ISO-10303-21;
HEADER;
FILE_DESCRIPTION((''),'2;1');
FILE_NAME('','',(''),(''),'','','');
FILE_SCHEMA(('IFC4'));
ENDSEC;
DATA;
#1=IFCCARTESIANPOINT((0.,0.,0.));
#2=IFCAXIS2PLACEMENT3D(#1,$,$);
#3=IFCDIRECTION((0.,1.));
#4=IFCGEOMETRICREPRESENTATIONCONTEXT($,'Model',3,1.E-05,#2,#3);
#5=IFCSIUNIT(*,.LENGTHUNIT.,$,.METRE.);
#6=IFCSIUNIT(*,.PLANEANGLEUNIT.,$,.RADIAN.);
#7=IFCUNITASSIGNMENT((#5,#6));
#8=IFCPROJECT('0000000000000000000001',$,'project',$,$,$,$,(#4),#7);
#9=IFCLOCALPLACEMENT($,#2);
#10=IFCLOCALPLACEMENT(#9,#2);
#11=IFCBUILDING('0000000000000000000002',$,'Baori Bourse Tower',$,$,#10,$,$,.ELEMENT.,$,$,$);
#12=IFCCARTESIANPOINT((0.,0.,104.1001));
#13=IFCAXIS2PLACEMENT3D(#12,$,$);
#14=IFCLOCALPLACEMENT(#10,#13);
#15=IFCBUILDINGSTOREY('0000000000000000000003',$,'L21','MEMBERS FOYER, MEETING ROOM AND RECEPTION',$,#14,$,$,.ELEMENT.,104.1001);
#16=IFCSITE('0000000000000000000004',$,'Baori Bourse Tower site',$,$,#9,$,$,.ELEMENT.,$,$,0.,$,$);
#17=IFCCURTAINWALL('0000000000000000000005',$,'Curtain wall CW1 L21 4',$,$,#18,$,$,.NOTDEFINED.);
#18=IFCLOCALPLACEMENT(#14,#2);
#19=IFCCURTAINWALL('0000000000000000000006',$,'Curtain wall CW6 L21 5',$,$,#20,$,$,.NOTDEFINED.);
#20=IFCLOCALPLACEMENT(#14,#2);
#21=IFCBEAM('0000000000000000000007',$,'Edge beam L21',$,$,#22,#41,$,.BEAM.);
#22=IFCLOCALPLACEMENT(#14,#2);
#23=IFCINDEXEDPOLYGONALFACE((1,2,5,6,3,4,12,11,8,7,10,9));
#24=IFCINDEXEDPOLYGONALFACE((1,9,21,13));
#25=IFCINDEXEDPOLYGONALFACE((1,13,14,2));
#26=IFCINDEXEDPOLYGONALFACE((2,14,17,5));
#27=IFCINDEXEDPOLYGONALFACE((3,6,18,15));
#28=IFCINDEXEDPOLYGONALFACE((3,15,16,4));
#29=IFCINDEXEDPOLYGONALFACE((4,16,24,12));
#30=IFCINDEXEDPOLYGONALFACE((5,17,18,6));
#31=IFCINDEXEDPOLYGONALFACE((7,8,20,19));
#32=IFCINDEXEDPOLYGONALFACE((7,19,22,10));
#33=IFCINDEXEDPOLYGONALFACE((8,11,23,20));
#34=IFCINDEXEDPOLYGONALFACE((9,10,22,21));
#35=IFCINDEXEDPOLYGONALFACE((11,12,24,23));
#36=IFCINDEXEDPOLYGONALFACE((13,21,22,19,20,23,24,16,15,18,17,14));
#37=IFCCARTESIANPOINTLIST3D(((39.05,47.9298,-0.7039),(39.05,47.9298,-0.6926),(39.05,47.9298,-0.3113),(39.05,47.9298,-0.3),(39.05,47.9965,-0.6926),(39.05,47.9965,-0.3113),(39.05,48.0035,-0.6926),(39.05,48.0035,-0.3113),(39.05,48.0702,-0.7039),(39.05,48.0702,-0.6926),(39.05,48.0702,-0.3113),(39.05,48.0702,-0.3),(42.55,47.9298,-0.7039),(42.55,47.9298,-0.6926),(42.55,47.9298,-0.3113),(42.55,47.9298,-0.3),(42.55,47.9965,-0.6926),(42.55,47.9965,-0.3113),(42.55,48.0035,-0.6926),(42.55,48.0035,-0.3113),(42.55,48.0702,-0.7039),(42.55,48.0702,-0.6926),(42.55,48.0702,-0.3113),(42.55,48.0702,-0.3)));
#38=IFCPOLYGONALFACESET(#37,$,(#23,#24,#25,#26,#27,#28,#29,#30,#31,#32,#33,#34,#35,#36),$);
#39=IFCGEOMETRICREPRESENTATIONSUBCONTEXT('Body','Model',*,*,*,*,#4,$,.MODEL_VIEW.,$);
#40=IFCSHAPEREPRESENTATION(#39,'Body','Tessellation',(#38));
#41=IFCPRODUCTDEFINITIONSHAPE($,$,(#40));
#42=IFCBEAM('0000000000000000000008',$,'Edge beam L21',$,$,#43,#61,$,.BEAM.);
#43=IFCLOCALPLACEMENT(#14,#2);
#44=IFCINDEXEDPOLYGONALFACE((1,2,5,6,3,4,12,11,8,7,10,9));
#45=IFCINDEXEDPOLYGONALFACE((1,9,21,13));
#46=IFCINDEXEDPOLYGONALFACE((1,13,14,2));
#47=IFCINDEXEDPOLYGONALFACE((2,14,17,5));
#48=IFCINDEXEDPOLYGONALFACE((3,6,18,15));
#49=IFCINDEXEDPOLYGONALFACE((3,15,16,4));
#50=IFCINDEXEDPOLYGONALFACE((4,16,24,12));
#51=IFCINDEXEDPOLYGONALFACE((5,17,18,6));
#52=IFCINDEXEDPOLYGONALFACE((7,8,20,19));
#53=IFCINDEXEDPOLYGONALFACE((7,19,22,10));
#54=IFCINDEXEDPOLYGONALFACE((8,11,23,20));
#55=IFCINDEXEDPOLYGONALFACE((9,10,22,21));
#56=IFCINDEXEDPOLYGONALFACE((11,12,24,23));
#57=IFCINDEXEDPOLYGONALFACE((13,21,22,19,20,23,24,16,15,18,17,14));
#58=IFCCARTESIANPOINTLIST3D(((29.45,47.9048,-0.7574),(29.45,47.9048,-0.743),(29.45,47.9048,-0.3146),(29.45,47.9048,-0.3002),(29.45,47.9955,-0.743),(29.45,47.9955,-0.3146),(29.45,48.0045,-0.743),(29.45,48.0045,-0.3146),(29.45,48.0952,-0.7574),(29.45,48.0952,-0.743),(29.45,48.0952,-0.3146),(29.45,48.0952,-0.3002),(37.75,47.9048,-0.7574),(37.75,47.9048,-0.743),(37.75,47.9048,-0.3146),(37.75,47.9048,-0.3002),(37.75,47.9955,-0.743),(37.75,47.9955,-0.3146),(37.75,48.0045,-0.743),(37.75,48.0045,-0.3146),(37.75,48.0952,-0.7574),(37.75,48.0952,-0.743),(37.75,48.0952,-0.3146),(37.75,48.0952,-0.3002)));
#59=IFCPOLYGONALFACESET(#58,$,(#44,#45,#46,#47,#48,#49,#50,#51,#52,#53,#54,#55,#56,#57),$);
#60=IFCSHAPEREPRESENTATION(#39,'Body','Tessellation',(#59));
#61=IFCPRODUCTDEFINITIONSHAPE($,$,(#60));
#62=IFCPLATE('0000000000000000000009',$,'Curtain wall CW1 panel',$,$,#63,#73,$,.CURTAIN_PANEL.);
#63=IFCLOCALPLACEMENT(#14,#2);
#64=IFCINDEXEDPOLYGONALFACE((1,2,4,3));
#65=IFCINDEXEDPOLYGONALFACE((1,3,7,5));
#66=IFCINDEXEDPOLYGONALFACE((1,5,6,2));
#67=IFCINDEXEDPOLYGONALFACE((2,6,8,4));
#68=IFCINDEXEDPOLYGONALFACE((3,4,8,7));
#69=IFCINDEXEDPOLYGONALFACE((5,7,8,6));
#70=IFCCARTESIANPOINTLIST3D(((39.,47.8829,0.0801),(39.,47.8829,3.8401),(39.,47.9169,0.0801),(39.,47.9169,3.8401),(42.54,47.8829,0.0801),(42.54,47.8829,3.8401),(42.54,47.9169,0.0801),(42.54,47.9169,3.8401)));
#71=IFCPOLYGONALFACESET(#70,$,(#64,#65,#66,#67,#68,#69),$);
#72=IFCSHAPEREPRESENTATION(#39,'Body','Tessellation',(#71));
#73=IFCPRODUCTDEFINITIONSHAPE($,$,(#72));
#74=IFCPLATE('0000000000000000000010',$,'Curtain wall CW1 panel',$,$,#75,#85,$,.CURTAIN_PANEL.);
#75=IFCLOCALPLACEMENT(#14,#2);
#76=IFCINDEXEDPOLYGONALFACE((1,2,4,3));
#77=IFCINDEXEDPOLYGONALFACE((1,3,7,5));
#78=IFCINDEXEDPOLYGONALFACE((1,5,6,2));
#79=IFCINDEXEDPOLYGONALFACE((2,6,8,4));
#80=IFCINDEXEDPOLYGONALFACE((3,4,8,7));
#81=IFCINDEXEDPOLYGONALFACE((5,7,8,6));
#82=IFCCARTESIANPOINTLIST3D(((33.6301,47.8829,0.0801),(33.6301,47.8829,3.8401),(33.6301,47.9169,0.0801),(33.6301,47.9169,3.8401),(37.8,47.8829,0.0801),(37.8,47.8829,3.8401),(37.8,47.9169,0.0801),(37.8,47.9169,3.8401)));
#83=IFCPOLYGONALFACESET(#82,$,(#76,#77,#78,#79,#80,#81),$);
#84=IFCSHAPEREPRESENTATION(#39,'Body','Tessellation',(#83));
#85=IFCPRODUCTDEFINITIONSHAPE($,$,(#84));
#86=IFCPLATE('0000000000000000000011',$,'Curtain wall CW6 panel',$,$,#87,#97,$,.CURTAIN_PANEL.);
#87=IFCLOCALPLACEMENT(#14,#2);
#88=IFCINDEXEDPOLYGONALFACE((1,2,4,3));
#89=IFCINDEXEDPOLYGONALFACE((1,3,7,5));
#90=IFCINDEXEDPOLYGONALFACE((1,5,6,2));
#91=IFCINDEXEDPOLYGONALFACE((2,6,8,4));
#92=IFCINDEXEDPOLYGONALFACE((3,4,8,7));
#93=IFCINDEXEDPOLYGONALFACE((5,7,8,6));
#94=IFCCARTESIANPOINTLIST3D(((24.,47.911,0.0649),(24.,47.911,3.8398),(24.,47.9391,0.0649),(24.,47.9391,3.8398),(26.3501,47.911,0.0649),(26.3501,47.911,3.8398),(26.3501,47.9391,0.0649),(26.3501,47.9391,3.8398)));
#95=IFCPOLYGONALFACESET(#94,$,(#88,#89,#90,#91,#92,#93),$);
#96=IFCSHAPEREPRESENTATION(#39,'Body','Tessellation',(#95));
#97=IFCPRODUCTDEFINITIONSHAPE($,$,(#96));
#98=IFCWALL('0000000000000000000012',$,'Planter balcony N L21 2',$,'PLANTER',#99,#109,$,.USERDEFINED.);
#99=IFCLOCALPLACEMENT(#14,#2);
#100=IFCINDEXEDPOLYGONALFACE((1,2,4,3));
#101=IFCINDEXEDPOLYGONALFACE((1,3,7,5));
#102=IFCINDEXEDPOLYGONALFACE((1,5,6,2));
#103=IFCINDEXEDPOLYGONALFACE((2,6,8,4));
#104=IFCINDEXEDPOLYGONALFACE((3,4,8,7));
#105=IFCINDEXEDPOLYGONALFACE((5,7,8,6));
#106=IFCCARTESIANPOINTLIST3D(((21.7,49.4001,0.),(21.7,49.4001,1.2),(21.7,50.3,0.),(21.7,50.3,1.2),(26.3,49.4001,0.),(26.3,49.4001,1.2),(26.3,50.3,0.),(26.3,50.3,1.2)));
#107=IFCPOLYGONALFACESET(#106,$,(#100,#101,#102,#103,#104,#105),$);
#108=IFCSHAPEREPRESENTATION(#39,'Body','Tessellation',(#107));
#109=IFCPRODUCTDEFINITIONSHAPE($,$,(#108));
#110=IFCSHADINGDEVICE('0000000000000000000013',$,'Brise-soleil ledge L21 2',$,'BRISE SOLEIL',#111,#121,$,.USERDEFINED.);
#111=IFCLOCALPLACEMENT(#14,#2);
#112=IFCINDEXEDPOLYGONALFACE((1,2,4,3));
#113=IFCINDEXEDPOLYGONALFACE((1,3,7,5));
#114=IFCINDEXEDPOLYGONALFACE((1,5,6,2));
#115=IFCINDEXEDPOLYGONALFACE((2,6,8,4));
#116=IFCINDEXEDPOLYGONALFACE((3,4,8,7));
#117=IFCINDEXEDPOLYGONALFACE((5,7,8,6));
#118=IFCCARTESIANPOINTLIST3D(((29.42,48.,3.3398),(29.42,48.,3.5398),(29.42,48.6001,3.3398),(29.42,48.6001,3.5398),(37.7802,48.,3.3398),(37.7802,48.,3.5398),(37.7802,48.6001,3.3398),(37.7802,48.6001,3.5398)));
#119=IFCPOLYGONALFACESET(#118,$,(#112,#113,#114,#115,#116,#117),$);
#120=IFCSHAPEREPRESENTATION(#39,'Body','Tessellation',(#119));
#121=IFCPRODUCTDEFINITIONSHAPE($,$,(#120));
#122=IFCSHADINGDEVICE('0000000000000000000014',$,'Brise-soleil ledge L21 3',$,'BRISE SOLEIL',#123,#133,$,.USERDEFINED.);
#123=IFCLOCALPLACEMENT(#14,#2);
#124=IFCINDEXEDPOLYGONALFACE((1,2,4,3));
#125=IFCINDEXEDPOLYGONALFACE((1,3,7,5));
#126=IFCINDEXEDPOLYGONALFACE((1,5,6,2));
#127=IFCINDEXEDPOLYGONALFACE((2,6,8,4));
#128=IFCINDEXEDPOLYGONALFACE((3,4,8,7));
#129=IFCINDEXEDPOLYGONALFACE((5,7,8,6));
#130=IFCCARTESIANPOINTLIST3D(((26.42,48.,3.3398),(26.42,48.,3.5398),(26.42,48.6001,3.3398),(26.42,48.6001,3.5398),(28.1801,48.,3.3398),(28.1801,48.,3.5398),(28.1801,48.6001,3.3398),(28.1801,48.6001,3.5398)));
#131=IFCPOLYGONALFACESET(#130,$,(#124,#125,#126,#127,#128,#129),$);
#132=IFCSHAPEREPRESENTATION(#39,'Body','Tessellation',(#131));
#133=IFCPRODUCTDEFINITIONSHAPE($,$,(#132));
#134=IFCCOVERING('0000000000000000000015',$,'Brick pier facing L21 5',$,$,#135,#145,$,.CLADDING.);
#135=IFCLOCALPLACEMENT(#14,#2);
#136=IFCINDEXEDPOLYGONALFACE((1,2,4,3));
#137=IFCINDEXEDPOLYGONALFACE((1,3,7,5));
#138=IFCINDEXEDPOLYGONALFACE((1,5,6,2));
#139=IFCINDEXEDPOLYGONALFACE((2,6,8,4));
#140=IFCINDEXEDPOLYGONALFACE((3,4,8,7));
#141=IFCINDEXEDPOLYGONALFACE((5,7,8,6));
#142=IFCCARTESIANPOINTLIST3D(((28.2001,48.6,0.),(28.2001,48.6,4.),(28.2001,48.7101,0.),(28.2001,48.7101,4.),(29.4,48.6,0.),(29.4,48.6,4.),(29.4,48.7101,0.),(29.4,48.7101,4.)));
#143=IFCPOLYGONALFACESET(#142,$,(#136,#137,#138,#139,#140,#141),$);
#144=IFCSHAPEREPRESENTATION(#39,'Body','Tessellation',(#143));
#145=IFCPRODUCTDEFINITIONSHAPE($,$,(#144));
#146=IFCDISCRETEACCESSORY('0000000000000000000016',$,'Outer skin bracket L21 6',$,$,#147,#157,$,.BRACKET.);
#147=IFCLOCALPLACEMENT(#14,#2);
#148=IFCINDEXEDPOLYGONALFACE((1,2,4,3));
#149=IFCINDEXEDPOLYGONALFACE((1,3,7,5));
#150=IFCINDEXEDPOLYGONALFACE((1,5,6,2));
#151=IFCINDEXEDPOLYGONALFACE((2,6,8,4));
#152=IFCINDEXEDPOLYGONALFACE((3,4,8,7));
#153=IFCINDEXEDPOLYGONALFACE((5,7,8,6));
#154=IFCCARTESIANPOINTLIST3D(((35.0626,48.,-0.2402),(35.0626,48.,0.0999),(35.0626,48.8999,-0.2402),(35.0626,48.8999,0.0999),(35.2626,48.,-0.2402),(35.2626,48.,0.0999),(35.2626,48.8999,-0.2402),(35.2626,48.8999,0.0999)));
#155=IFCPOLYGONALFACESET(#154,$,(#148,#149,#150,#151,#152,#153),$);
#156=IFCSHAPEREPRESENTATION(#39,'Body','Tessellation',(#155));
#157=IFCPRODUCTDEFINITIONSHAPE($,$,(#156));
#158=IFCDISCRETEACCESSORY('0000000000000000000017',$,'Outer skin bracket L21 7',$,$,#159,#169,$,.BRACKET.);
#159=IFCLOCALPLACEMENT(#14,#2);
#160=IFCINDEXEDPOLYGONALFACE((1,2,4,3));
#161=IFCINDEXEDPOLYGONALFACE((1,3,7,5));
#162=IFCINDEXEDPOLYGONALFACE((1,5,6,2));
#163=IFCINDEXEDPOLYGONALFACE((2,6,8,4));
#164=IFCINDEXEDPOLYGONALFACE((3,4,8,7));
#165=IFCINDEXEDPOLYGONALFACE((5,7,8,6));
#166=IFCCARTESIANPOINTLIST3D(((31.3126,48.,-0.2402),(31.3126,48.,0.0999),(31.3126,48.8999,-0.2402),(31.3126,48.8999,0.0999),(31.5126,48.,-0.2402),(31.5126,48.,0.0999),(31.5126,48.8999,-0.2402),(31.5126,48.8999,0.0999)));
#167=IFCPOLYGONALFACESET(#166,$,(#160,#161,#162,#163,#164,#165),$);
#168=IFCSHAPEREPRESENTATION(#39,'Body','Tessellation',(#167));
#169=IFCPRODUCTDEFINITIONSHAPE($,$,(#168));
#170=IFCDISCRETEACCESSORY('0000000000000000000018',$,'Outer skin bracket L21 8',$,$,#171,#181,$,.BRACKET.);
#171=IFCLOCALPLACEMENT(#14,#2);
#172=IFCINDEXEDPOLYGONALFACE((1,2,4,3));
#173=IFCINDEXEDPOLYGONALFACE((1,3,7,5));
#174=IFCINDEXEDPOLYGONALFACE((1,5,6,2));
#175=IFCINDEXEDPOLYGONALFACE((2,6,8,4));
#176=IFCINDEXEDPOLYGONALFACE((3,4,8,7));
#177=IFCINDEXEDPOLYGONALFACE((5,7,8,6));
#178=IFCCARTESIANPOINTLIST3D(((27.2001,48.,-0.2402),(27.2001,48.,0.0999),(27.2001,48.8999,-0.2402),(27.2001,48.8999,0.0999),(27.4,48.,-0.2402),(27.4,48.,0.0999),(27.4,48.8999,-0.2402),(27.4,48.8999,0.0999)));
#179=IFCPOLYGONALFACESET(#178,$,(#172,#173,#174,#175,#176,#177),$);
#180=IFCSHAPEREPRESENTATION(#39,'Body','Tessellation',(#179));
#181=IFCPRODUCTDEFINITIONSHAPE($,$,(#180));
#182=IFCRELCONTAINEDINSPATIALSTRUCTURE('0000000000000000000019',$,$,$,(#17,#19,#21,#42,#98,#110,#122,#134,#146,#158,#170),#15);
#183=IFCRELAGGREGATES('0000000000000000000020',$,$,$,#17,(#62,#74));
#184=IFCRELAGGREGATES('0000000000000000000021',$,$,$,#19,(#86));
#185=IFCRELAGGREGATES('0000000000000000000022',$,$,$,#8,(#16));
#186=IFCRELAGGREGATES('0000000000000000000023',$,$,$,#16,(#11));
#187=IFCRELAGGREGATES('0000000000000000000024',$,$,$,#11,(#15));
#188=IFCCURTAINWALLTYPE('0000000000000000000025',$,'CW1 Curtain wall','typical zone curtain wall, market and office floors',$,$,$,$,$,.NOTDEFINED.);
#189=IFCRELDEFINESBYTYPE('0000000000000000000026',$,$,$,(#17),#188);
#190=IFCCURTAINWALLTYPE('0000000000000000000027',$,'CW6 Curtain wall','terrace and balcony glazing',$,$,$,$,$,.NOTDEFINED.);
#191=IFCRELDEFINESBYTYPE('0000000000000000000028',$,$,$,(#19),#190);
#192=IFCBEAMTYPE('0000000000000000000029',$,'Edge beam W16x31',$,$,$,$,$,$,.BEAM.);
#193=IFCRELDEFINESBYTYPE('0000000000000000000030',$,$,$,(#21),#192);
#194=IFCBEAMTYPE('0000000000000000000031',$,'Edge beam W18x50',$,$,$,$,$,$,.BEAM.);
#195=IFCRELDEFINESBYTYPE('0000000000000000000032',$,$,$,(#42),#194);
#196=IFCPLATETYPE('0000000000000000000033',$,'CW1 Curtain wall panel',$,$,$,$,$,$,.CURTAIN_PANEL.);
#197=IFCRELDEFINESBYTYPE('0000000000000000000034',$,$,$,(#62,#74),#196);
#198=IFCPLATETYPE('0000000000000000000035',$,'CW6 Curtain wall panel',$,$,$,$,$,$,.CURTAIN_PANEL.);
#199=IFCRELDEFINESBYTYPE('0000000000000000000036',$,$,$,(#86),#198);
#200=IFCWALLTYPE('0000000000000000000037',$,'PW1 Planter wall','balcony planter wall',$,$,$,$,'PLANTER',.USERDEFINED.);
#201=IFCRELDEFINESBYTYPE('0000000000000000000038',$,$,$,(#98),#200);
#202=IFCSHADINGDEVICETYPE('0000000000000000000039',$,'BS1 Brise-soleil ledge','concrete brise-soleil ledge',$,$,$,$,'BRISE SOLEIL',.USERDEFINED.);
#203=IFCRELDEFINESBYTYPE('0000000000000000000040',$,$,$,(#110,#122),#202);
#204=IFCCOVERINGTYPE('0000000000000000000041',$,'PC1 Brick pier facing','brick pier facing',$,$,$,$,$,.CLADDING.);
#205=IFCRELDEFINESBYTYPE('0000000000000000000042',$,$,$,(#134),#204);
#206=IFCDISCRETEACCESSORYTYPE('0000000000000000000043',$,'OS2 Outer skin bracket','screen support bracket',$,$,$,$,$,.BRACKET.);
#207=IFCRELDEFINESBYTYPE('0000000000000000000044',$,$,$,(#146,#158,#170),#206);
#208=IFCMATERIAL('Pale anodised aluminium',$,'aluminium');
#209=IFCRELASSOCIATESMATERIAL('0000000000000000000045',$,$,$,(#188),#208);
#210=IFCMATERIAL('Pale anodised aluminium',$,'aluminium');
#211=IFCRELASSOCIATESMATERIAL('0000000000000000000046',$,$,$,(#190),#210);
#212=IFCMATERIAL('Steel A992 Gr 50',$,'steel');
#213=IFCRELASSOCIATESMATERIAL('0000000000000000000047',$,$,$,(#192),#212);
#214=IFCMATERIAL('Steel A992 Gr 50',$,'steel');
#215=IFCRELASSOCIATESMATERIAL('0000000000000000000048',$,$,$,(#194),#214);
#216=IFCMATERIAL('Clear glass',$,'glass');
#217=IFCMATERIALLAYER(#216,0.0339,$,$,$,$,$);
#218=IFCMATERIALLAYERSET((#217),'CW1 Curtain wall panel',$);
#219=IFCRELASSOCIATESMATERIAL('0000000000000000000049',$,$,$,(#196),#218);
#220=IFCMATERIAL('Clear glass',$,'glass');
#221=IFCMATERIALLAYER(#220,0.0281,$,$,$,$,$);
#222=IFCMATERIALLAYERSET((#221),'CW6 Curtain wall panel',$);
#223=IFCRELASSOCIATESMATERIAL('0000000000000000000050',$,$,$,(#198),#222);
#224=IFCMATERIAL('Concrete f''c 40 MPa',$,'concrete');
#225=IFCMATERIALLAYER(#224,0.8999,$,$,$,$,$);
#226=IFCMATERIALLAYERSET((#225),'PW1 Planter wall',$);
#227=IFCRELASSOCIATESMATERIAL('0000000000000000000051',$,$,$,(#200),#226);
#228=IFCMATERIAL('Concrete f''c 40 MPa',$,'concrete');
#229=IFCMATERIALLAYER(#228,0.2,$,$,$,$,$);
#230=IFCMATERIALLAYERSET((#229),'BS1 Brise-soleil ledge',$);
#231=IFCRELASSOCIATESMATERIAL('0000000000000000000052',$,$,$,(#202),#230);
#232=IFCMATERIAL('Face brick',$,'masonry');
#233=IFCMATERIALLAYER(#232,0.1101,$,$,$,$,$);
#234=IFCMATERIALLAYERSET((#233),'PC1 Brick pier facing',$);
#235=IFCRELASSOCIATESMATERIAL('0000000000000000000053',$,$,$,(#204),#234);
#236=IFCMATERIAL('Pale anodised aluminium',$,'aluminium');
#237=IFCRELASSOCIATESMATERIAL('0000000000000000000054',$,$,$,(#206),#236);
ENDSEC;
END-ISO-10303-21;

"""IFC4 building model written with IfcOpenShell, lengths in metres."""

from ifc_helpers import new_model, si_unit, direction, frame, frame_2d, origin, origin_2d, place, context, subcontext, project, spatial, rectangle, i_section, extrude, material, layer, layer_set, material_profile, profile_set, type_object, element, aggregate, save


model = new_model("IFC4")

# Units and contexts
model_context = context("Model", 3, precision=1e-05, world=origin(), true_north=direction((0.0, 1.0)))
body_context = subcontext(model_context, "Body", "Model", "MODEL_VIEW")
ifc_project = project(units=[si_unit("LENGTHUNIT", "METRE"), si_unit("PLANEANGLEUNIT", "RADIAN")], contexts=[model_context])

# Site, building, storey
site_placement = place(None, origin())
site = spatial("IfcSite", under=ifc_project, at=site_placement, Name="Baori Bourse Tower site", CompositionType="ELEMENT", RefElevation=0.0)
building_placement = place(site_placement, origin())
building = spatial("IfcBuilding", under=site, at=building_placement, Name="Baori Bourse Tower", CompositionType="ELEMENT")
storey_placement = place(building_placement, frame((0.0, 0.0, 104.1001)))
storey = spatial("IfcBuildingStorey", under=building, at=storey_placement, Name="L21", Description="MEMBERS FOYER, MEETING ROOM AND RECEPTION", CompositionType="ELEMENT", Elevation=104.1001)

# Curtain wall
ifc_material_1 = material(Name="Pale anodised aluminium", Category="aluminium")
curtain_wall_type_1 = type_object("IfcCurtainWallType", Name="CW1 Curtain wall", Description="typical zone curtain wall, market and office floors", PredefinedType="NOTDEFINED", material=ifc_material_1)
curtain_wall_1_placement = place(storey_placement, origin())
curtain_wall_1 = element("IfcCurtainWall", 1, at=curtain_wall_1_placement, inside=storey, type_object=curtain_wall_type_1, Name="Curtain wall CW1 L21 4", PredefinedType="NOTDEFINED")

# Curtain wall
ifc_material_2 = material(Name="Pale anodised aluminium", Category="aluminium")
curtain_wall_type_2 = type_object("IfcCurtainWallType", Name="CW6 Curtain wall", Description="terrace and balcony glazing", PredefinedType="NOTDEFINED", material=ifc_material_2)
curtain_wall_2_placement = place(storey_placement, origin())
curtain_wall_2 = element("IfcCurtainWall", 2, at=curtain_wall_2_placement, inside=storey, type_object=curtain_wall_type_2, Name="Curtain wall CW6 L21 5", PredefinedType="NOTDEFINED")

# Beams
ifc_material_3 = material(Name="Steel A992 Gr 50", Category="steel")
ifc_material_profile_1 = material_profile(ifc_material_3, i_section(OverallWidth=0.1404, OverallDepth=0.4038, WebThickness=0.0071, FlangeThickness=0.0112, at=origin_2d()), Name="W16x31")
ifc_profile_set_1 = profile_set([ifc_material_profile_1], Name="Steel A992 Gr 50")
beam_type_1 = type_object("IfcBeamType", Name="Edge beam W16x31", PredefinedType="BEAM", material=ifc_profile_set_1)
beam_1_placement = place(storey_placement, frame((39.05, 48.0, -0.502), z_axis=(1.0, 0.0, 0.0), x_axis=(0.0, 1.0, 0.0)))
element("IfcBeam", 3, at=beam_1_placement, inside=storey, type_object=beam_type_1, Name="Edge beam L21", PredefinedType="BEAM", context=body_context, shape_type="SweptSolid", body=[
    extrude(i_section(OverallWidth=0.1404, OverallDepth=0.4038, WebThickness=0.0071, FlangeThickness=0.0112, at=origin_2d()), origin(), (0.0, 0.0, 1.0), 3.5),
])
ifc_material_4 = material(Name="Steel A992 Gr 50", Category="steel")
ifc_material_profile_2 = material_profile(ifc_material_4, i_section(OverallWidth=0.1904, OverallDepth=0.4573, WebThickness=0.009, FlangeThickness=0.0144, at=origin_2d()), Name="W18x50")
ifc_profile_set_2 = profile_set([ifc_material_profile_2], Name="Steel A992 Gr 50")
beam_type_2 = type_object("IfcBeamType", Name="Edge beam W18x50", PredefinedType="BEAM", material=ifc_profile_set_2)
beam_2_placement = place(storey_placement, frame((29.45, 48.0, -0.5288), z_axis=(1.0, 0.0, 0.0), x_axis=(0.0, 1.0, 0.0)))
element("IfcBeam", 4, at=beam_2_placement, inside=storey, type_object=beam_type_2, Name="Edge beam L21", PredefinedType="BEAM", context=body_context, shape_type="SweptSolid", body=[
    extrude(i_section(OverallWidth=0.1904, OverallDepth=0.4573, WebThickness=0.009, FlangeThickness=0.0144, at=origin_2d()), origin(), (0.0, 0.0, 1.0), 8.3),
])

# Plates
ifc_material_5 = material(Name="Clear glass", Category="glass")
ifc_layer_1 = layer(ifc_material_5, 0.0339)
ifc_layer_set_1 = layer_set([ifc_layer_1], Name="CW1 Curtain wall panel")
plate_type_1 = type_object("IfcPlateType", Name="CW1 Curtain wall panel", PredefinedType="CURTAIN_PANEL", material=ifc_layer_set_1)
plate_1_placement = place(storey_placement, frame((40.77, 47.8999, 0.0801), z_axis=(0.0, 0.0, 1.0), x_axis=(-1.0, 0.0, 0.0)))
plate_1 = element("IfcPlate", 5, at=plate_1_placement, type_object=plate_type_1, Name="Curtain wall CW1 panel", PredefinedType="CURTAIN_PANEL", context=body_context, shape_type="SweptSolid", body=[
    extrude(rectangle(XDim=3.54, YDim=0.0339, at=origin_2d()), origin(), (0.0, 0.0, 1.0), 3.76),
])
plate_2_placement = place(storey_placement, frame((35.7151, 47.8999, 0.0801), z_axis=(0.0, 0.0, 1.0), x_axis=(-1.0, 0.0, 0.0)))
plate_2 = element("IfcPlate", 6, at=plate_2_placement, type_object=plate_type_1, Name="Curtain wall CW1 panel", PredefinedType="CURTAIN_PANEL", context=body_context, shape_type="SweptSolid", body=[
    extrude(rectangle(XDim=4.1699, YDim=0.0339, at=origin_2d()), origin(), (0.0, 0.0, 1.0), 3.76),
])
aggregate(curtain_wall_1, [plate_1, plate_2])
ifc_material_6 = material(Name="Clear glass", Category="glass")
ifc_layer_2 = layer(ifc_material_6, 0.0281)
ifc_layer_set_2 = layer_set([ifc_layer_2], Name="CW6 Curtain wall panel")
plate_type_2 = type_object("IfcPlateType", Name="CW6 Curtain wall panel", PredefinedType="CURTAIN_PANEL", material=ifc_layer_set_2)
plate_3_placement = place(storey_placement, frame((25.175, 47.925, 0.0649), z_axis=(0.0, 0.0, 1.0), x_axis=(-1.0, 0.0, 0.0)))
plate_3 = element("IfcPlate", 7, at=plate_3_placement, type_object=plate_type_2, Name="Curtain wall CW6 panel", PredefinedType="CURTAIN_PANEL", context=body_context, shape_type="SweptSolid", body=[
    extrude(rectangle(XDim=2.3501, YDim=0.0281, at=origin_2d()), origin(), (0.0, 0.0, 1.0), 3.7749),
])
aggregate(curtain_wall_2, [plate_3])

# Wall
ifc_material_7 = material(Name="Concrete f'c 40 MPa", Category="concrete")
ifc_layer_3 = layer(ifc_material_7, 0.8999)
ifc_layer_set_3 = layer_set([ifc_layer_3], Name="PW1 Planter wall")
wall_type = type_object("IfcWallType", Name="PW1 Planter wall", Description="balcony planter wall", ElementType="PLANTER", PredefinedType="USERDEFINED", material=ifc_layer_set_3)
wall_placement = place(storey_placement, frame((21.7, 49.8501, 0.0), z_axis=(0.0, 0.0, 1.0), x_axis=(1.0, 0.0, 0.0)))
element("IfcWall", 8, at=wall_placement, inside=storey, type_object=wall_type, Name="Planter balcony N L21 2", ObjectType="PLANTER", PredefinedType="USERDEFINED", context=body_context, shape_type="SweptSolid", body=[
    extrude(rectangle(XDim=4.6001, YDim=0.8999, at=frame_2d((2.3, 0.0))), origin(), (0.0, 0.0, 1.0), 1.2),
])

# Shading devices
ifc_material_8 = material(Name="Concrete f'c 40 MPa", Category="concrete")
ifc_layer_4 = layer(ifc_material_8, 0.2)
ifc_layer_set_4 = layer_set([ifc_layer_4], Name="BS1 Brise-soleil ledge")
shading_device_type = type_object("IfcShadingDeviceType", Name="BS1 Brise-soleil ledge", Description="concrete brise-soleil ledge", ElementType="BRISE SOLEIL", PredefinedType="USERDEFINED", material=ifc_layer_set_4)
shading_device_1_placement = place(storey_placement, frame((33.6001, 48.3, 3.3398), z_axis=(0.0, 0.0, 1.0), x_axis=(-1.0, 0.0, 0.0)))
element("IfcShadingDevice", 9, at=shading_device_1_placement, inside=storey, type_object=shading_device_type, Name="Brise-soleil ledge L21 2", ObjectType="BRISE SOLEIL", PredefinedType="USERDEFINED", context=body_context, shape_type="SweptSolid", body=[
    extrude(rectangle(XDim=8.3601, YDim=0.6001, at=origin_2d()), origin(), (0.0, 0.0, 1.0), 0.2),
])
shading_device_2_placement = place(storey_placement, frame((27.3, 48.3, 3.3398), z_axis=(0.0, 0.0, 1.0), x_axis=(-1.0, 0.0, 0.0)))
element("IfcShadingDevice", 10, at=shading_device_2_placement, inside=storey, type_object=shading_device_type, Name="Brise-soleil ledge L21 3", ObjectType="BRISE SOLEIL", PredefinedType="USERDEFINED", context=body_context, shape_type="SweptSolid", body=[
    extrude(rectangle(XDim=1.76, YDim=0.6001, at=origin_2d()), origin(), (0.0, 0.0, 1.0), 0.2),
])

# Covering
ifc_material_9 = material(Name="Face brick", Category="masonry")
ifc_layer_5 = layer(ifc_material_9, 0.1101)
ifc_layer_set_5 = layer_set([ifc_layer_5], Name="PC1 Brick pier facing")
covering_type = type_object("IfcCoveringType", Name="PC1 Brick pier facing", Description="brick pier facing", PredefinedType="CLADDING", material=ifc_layer_set_5)
covering_placement = place(storey_placement, frame((28.8, 48.655, 0.0), z_axis=(0.0, 0.0, 1.0), x_axis=(1.0, 0.0, 0.0)))
element("IfcCovering", 11, at=covering_placement, inside=storey, type_object=covering_type, Name="Brick pier facing L21 5", PredefinedType="CLADDING", context=body_context, shape_type="SweptSolid", body=[
    extrude(rectangle(XDim=1.2, YDim=0.1101, at=origin_2d()), origin(), (0.0, 0.0, 1.0), 4.0),
])

# Discrete accessories
ifc_material_10 = material(Name="Pale anodised aluminium", Category="aluminium")
discrete_accessory_type = type_object("IfcDiscreteAccessoryType", Name="OS2 Outer skin bracket", Description="screen support bracket", PredefinedType="BRACKET", material=ifc_material_10)
for number, where, z_axis, x_axis, name in (
    (12, (35.1626, 48.45, -0.2402), (0.0, 0.0, 1.0), (-1.0, 0.0, 0.0), "Outer skin bracket L21 6"),
    (13, (31.4126, 48.45, -0.2402), (0.0, 0.0, 1.0), (-1.0, 0.0, 0.0), "Outer skin bracket L21 7"),
    (14, (27.3, 48.45, -0.2402), (0.0, 0.0, 1.0), (-1.0, 0.0, 0.0), "Outer skin bracket L21 8"),
):
    element("IfcDiscreteAccessory", number, at=place(storey_placement, frame(where, z_axis=z_axis, x_axis=x_axis)), inside=storey, type_object=discrete_accessory_type, Name=name, PredefinedType="BRACKET", context=body_context, shape_type="SweptSolid", body=[
        extrude(rectangle(XDim=0.2, YDim=0.8999, at=origin_2d()), origin(), (0.0, 0.0, 1.0), 0.3401),
    ])

save(model, "model.ifc")
